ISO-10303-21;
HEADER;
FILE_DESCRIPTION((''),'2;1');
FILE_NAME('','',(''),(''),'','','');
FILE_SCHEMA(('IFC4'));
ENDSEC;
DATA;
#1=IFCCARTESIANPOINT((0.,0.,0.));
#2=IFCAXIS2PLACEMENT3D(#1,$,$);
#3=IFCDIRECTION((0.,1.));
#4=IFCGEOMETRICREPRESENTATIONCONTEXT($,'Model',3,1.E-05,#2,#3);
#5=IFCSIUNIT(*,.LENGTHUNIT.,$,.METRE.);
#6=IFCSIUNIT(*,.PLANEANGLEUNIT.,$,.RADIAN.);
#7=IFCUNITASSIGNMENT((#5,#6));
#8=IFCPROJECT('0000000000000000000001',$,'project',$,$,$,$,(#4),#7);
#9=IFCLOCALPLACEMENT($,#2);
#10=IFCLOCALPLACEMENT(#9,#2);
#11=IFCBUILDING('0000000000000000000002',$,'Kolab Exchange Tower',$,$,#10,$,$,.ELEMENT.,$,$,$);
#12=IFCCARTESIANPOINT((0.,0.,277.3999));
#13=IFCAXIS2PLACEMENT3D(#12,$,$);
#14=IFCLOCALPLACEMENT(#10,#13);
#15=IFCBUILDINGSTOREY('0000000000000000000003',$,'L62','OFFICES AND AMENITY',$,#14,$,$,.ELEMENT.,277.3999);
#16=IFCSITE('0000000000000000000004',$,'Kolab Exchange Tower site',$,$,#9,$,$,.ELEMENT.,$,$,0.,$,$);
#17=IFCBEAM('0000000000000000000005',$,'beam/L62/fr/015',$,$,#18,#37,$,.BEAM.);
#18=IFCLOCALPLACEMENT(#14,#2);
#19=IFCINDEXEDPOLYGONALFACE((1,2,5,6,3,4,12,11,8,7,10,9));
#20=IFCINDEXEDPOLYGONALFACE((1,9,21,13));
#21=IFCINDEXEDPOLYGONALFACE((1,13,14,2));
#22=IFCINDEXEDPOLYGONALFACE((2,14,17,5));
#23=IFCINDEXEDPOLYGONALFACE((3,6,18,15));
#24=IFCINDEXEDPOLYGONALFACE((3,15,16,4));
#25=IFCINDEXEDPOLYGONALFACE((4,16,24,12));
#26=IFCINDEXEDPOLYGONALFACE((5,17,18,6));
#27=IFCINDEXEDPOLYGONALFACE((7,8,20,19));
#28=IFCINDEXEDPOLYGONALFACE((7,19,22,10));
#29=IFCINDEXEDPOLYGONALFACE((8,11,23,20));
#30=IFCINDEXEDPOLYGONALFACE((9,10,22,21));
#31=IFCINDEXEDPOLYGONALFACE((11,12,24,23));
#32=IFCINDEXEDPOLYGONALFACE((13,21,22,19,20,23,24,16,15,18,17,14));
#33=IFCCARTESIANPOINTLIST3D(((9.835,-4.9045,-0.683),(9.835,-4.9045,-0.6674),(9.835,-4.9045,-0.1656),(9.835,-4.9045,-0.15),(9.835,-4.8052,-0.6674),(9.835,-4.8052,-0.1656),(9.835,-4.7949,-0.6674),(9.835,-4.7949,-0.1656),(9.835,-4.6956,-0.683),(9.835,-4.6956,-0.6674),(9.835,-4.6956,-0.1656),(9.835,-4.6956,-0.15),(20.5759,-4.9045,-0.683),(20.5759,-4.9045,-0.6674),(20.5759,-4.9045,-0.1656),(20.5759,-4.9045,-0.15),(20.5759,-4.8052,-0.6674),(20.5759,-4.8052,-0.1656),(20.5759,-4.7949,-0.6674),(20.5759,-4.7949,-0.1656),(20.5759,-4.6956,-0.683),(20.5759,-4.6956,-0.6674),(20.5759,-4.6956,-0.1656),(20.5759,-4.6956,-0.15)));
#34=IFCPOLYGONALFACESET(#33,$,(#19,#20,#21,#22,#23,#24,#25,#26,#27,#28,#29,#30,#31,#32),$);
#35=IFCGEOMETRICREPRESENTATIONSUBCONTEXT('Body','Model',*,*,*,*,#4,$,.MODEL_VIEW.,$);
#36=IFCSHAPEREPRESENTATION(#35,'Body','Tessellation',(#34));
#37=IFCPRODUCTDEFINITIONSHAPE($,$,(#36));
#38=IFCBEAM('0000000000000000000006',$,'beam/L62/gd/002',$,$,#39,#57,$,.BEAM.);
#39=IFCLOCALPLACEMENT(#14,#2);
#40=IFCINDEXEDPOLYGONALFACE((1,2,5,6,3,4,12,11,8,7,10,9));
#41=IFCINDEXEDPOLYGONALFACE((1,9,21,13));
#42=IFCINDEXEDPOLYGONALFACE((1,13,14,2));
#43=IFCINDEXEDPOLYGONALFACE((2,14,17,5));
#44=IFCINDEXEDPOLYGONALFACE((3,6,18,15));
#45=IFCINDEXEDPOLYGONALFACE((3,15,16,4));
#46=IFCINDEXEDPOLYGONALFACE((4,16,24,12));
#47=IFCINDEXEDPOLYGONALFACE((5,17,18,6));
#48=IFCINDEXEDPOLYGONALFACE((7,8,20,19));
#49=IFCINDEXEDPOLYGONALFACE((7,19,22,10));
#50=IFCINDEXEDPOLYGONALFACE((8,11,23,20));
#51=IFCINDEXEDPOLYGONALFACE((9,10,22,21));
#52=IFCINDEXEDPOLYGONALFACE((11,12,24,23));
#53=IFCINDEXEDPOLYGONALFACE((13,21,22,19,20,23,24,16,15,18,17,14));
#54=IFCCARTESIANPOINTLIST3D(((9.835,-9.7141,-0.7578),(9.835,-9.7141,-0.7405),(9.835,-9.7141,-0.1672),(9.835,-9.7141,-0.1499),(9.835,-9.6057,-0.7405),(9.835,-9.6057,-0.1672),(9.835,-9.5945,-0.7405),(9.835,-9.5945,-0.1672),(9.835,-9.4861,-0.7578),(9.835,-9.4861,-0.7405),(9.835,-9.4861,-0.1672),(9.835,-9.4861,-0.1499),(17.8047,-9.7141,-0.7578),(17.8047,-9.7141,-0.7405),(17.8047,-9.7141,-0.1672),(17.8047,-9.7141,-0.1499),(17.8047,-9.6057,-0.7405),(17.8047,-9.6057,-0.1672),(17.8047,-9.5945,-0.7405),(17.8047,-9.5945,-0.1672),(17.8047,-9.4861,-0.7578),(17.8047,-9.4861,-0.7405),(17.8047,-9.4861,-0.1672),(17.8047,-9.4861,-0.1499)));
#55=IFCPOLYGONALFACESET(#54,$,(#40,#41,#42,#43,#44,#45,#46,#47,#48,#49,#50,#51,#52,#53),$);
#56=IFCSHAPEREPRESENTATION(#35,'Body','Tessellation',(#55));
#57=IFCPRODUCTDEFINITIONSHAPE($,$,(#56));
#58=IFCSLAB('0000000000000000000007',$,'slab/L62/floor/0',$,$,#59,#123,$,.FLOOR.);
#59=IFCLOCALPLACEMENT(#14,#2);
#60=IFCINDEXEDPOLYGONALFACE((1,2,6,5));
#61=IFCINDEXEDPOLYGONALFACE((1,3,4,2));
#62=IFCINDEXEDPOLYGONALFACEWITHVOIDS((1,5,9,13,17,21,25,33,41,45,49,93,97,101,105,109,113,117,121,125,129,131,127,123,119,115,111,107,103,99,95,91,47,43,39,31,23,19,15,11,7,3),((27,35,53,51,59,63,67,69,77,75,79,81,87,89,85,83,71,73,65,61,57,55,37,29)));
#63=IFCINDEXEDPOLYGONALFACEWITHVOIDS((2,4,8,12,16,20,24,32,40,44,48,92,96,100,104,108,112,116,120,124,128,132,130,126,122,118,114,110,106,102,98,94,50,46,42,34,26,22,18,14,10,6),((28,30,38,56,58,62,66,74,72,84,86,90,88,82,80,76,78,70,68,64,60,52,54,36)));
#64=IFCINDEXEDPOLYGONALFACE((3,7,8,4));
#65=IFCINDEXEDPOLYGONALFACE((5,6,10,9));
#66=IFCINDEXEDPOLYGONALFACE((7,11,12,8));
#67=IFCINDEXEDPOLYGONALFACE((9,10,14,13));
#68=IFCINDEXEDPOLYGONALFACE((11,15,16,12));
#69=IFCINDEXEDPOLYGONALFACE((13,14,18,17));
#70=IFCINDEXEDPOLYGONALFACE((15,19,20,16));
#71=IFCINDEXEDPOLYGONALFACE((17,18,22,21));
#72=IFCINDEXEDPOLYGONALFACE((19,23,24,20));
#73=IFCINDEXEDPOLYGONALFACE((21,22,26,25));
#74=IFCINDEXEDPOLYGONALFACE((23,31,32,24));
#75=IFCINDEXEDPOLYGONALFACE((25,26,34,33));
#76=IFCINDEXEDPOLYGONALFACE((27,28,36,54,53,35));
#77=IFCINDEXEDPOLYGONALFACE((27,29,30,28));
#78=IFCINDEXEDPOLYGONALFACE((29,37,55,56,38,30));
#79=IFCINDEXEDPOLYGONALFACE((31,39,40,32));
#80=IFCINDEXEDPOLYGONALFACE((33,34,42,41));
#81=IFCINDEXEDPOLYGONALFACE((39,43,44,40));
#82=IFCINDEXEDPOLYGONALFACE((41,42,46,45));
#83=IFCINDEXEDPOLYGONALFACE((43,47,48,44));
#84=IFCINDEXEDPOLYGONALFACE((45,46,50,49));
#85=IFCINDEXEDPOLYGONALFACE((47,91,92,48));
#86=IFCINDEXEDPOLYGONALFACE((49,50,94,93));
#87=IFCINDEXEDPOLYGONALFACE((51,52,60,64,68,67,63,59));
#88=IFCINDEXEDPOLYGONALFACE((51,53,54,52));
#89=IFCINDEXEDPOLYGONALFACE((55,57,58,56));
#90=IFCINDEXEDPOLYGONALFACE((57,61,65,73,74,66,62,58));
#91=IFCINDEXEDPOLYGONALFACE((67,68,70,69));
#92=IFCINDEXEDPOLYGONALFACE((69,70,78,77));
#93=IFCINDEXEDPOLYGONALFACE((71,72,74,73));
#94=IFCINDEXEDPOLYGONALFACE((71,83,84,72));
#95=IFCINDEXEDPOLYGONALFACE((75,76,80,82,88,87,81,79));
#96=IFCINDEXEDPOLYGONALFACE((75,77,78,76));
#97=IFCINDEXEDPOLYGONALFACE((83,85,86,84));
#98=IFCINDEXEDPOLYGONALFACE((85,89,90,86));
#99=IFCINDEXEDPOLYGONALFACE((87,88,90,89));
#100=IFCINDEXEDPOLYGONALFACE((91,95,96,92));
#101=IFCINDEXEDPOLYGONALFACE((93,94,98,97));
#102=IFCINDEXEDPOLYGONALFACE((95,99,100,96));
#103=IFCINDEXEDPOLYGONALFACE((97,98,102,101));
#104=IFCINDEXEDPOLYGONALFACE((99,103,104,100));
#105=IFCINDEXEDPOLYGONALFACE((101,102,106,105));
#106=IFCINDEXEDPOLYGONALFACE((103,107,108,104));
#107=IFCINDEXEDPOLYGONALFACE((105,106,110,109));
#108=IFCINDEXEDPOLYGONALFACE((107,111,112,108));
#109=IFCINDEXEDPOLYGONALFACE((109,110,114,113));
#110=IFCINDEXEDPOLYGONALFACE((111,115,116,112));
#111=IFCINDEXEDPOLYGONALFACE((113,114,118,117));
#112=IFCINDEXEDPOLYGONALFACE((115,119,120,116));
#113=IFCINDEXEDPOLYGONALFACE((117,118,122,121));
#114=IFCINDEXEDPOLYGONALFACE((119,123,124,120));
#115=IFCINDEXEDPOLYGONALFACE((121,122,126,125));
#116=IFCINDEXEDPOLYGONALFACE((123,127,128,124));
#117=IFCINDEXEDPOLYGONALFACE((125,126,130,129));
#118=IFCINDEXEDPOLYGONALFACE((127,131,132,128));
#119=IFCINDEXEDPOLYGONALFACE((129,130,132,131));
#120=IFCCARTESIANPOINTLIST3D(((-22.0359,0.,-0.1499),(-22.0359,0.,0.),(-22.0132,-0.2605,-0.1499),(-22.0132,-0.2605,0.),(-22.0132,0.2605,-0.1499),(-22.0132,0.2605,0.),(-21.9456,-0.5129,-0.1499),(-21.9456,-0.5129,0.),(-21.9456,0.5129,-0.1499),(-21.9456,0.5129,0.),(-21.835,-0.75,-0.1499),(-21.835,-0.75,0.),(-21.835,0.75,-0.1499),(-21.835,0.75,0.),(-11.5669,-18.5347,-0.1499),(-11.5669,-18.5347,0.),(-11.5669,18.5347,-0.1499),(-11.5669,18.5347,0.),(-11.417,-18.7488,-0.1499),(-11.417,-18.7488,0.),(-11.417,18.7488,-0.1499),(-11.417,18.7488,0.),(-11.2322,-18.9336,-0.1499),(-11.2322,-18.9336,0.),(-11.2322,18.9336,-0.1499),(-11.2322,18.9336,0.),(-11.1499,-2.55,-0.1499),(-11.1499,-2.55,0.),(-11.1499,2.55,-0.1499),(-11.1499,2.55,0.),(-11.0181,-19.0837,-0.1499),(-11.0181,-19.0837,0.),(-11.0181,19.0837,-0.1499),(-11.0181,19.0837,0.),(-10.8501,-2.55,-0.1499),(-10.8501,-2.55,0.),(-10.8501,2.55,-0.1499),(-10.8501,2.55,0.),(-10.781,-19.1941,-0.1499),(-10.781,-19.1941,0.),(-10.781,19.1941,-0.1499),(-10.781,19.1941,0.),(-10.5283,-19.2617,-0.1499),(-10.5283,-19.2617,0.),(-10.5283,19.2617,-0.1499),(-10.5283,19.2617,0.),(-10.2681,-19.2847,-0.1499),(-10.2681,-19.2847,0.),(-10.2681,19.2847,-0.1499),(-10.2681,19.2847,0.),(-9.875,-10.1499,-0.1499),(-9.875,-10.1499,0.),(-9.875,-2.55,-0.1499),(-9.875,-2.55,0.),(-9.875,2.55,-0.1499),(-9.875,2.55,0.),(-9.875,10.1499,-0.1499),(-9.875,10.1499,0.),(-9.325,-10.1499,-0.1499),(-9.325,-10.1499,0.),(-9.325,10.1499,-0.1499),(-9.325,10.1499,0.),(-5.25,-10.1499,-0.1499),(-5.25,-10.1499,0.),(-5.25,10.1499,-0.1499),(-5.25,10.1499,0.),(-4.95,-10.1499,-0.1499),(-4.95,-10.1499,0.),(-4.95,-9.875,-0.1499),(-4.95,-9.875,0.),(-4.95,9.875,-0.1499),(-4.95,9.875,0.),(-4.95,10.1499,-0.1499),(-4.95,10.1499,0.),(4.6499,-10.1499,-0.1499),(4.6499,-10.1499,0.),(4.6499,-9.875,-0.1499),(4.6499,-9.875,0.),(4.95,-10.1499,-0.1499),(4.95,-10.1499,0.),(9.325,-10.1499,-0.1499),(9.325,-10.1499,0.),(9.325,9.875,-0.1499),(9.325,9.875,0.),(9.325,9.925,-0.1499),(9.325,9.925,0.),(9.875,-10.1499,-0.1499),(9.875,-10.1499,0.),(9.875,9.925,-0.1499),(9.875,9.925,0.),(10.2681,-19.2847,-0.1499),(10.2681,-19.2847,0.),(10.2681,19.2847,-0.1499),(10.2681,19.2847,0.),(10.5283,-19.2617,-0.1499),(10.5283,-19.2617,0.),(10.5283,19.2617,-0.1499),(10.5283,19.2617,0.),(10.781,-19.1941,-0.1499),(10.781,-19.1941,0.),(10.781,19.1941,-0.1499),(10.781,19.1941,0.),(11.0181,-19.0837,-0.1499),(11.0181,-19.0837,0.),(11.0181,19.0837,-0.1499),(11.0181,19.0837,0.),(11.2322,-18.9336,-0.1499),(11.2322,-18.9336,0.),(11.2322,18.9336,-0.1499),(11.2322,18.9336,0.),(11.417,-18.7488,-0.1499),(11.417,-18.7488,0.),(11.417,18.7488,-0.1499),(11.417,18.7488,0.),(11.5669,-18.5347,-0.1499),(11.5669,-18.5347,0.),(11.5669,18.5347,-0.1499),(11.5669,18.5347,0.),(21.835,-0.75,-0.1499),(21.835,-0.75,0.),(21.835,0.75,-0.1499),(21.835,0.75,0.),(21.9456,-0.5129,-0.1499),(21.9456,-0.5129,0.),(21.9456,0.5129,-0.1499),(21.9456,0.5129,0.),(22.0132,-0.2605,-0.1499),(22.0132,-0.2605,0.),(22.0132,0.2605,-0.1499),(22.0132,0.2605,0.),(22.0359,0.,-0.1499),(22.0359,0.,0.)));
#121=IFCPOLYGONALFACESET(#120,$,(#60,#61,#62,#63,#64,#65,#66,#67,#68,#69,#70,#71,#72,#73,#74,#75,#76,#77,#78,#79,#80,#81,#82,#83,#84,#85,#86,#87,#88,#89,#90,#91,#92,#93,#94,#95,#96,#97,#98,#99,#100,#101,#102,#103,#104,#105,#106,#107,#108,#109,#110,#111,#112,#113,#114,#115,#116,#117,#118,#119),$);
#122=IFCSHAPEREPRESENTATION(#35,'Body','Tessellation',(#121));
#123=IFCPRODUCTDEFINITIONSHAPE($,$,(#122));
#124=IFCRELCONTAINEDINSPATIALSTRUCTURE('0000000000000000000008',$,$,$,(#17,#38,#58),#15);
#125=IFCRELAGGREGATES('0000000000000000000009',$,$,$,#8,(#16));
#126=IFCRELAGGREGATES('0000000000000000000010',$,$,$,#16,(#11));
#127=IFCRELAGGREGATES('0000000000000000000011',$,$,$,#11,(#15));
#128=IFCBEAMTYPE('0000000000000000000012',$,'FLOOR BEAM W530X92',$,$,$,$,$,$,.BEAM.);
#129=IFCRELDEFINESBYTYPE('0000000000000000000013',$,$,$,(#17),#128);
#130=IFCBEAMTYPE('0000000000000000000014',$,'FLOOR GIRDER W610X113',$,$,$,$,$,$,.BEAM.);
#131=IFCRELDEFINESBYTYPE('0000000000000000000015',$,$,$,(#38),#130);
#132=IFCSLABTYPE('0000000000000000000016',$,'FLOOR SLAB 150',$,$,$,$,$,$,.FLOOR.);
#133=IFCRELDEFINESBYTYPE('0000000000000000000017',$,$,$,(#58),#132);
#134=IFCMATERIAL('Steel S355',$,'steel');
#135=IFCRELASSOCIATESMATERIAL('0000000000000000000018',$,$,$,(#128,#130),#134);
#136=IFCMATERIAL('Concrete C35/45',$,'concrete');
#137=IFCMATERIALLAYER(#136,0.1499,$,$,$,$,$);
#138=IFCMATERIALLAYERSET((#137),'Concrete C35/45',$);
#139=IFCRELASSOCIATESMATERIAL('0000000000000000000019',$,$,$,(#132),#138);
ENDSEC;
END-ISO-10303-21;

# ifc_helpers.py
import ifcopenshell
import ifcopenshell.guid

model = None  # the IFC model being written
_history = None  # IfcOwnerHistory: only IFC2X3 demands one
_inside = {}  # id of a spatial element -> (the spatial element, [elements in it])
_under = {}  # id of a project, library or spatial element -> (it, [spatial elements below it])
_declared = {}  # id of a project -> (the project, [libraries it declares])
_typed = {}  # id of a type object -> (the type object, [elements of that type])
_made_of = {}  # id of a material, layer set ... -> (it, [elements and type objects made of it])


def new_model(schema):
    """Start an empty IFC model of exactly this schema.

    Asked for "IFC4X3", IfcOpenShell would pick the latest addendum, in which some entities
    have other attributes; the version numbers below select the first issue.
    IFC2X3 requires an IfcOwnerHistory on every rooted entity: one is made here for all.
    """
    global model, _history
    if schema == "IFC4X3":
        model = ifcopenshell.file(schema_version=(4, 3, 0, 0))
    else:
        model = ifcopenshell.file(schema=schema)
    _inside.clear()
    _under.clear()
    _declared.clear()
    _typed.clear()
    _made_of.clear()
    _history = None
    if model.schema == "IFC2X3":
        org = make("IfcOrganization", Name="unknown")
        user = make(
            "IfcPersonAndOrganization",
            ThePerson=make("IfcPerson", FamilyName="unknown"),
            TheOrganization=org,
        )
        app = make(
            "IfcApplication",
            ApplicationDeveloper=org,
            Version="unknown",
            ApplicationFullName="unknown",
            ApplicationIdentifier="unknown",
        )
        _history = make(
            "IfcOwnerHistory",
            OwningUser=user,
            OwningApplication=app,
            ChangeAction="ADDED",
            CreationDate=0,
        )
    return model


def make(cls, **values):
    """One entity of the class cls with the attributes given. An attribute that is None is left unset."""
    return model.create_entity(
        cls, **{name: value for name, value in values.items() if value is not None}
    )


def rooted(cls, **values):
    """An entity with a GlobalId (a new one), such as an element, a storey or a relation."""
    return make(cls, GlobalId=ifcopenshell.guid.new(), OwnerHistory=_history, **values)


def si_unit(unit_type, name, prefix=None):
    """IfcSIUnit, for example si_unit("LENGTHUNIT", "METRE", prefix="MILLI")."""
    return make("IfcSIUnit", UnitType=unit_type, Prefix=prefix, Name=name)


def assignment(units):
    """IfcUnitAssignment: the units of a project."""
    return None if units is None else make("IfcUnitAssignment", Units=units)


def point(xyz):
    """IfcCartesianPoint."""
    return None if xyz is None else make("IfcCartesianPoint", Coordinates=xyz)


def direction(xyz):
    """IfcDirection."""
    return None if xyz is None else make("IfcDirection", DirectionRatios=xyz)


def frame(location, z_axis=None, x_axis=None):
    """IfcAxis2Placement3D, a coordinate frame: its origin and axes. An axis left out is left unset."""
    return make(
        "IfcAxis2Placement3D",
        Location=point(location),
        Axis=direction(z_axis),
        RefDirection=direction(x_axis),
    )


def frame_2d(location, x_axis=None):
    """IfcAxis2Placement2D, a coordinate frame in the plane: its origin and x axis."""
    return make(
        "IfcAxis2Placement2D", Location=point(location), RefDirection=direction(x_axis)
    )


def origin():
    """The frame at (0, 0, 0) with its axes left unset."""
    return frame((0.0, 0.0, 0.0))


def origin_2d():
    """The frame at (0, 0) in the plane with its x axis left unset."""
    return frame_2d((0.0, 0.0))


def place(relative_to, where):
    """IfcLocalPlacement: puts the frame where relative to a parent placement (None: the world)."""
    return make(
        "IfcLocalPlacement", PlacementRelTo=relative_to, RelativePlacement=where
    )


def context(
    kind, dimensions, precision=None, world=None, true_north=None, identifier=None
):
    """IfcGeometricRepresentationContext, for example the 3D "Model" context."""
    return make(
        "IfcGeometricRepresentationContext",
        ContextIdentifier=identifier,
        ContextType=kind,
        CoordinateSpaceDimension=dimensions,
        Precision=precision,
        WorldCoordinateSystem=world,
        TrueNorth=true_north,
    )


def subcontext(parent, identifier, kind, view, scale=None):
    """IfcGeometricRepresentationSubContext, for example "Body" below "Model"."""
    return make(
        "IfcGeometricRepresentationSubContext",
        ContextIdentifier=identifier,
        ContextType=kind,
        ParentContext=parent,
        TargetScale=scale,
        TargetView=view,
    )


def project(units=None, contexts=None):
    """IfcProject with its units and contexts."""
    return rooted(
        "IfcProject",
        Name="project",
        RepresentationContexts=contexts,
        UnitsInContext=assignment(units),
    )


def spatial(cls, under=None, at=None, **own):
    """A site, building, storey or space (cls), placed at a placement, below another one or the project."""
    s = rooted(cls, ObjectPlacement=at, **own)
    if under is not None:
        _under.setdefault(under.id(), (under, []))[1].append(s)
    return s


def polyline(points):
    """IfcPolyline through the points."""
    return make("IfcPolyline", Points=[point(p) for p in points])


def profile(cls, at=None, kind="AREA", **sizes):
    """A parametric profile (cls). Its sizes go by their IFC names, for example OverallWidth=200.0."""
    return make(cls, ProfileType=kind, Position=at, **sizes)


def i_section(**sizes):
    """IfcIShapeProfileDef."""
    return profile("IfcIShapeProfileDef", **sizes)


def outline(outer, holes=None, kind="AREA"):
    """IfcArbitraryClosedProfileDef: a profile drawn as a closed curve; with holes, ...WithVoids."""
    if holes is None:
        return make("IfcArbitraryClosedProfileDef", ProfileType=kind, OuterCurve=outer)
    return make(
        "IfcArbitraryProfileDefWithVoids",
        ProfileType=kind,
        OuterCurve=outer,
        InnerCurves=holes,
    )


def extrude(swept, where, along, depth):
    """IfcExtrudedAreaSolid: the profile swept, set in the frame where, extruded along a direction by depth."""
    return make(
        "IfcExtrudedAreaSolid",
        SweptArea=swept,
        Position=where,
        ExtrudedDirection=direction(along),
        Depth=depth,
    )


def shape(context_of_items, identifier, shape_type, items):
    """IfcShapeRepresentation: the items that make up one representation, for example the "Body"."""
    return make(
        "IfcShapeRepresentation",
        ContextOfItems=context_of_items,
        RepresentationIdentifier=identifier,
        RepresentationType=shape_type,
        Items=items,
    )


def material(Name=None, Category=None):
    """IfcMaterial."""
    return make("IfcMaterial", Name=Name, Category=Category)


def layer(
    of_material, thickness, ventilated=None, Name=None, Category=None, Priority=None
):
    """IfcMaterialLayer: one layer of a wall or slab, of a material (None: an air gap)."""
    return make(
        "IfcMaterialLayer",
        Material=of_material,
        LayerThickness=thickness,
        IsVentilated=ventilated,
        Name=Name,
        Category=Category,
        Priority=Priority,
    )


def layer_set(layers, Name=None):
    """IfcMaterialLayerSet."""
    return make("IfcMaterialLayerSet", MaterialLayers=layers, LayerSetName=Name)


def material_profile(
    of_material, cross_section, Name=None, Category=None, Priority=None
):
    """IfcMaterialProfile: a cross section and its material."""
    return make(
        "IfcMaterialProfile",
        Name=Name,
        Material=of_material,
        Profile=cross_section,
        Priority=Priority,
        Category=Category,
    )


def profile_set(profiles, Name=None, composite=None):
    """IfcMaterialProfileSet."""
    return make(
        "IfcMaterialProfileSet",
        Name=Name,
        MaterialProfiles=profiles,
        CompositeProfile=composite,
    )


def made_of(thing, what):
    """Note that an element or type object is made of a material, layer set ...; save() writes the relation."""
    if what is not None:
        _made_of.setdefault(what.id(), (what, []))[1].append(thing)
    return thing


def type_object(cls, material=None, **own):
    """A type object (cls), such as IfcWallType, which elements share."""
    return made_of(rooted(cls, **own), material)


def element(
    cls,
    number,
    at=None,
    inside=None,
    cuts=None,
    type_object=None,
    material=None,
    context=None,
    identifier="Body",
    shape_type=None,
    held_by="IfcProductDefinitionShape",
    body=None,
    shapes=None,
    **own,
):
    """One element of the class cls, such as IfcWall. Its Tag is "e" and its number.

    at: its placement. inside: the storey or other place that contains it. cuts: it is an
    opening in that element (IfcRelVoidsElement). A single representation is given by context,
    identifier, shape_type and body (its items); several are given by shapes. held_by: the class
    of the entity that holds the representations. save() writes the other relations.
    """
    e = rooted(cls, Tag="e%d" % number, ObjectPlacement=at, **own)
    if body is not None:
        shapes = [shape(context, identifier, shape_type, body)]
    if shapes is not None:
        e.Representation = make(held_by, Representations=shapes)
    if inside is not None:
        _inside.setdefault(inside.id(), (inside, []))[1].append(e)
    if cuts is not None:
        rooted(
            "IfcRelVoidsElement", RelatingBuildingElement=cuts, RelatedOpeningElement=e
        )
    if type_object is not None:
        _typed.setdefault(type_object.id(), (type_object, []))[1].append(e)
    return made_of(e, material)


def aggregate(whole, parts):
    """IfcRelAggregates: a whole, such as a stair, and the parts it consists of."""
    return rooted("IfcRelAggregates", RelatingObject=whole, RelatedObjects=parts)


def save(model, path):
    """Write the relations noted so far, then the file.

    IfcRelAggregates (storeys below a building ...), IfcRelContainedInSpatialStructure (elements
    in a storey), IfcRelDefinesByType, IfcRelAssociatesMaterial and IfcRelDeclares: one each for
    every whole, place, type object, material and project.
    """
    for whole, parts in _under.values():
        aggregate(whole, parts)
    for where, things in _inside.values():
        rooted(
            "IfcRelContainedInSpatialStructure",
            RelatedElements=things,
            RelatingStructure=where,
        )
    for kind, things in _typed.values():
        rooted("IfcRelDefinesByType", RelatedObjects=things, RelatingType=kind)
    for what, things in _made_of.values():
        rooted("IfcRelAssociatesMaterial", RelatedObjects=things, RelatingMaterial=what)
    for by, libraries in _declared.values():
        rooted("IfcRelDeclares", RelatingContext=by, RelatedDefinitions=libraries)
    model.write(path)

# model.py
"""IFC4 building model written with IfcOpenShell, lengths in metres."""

from ifc_helpers import new_model, si_unit, direction, frame, origin, origin_2d, place, context, subcontext, project, spatial, polyline, i_section, outline, extrude, material, layer, layer_set, material_profile, profile_set, type_object, element, save


model = new_model("IFC4")

# Units and contexts
model_context = context("Model", 3, precision=1e-05, world=origin(), true_north=direction((0.0, 1.0)))
body_context = subcontext(model_context, "Body", "Model", "MODEL_VIEW")
ifc_project = project(units=[si_unit("LENGTHUNIT", "METRE"), si_unit("PLANEANGLEUNIT", "RADIAN")], contexts=[model_context])

# Site, building, storey
site_placement = place(None, origin())
site = spatial("IfcSite", under=ifc_project, at=site_placement, Name="Kolab Exchange Tower site", CompositionType="ELEMENT", RefElevation=0.0)
building_placement = place(site_placement, origin())
building = spatial("IfcBuilding", under=site, at=building_placement, Name="Kolab Exchange Tower", CompositionType="ELEMENT")
storey_placement = place(building_placement, frame((0.0, 0.0, 277.3999)))
storey = spatial("IfcBuildingStorey", under=building, at=storey_placement, Name="L62", Description="OFFICES AND AMENITY", CompositionType="ELEMENT", Elevation=277.3999)

# Beams
ifc_material_1 = material(Name="Steel S355", Category="steel")
ifc_material_profile_1 = material_profile(ifc_material_1, i_section(OverallWidth=0.209, OverallDepth=0.533, WebThickness=0.0103, FlangeThickness=0.0156, at=origin_2d()), Name="W530X92")
ifc_profile_set_1 = profile_set([ifc_material_profile_1], Name="Steel S355")
beam_type_1 = type_object("IfcBeamType", Name="FLOOR BEAM W530X92", PredefinedType="BEAM", material=ifc_profile_set_1)
beam_1_placement = place(storey_placement, frame((9.835, -4.8, -0.4165), z_axis=(1.0, 0.0, 0.0), x_axis=(0.0, 1.0, 0.0)))
element("IfcBeam", 1, at=beam_1_placement, inside=storey, type_object=beam_type_1, Name="beam/L62/fr/015", PredefinedType="BEAM", context=body_context, shape_type="SweptSolid", body=[
    extrude(i_section(OverallWidth=0.209, OverallDepth=0.533, WebThickness=0.0103, FlangeThickness=0.0156, at=origin_2d()), origin(), (0.0, 0.0, 1.0), 10.741),
])
ifc_material_profile_2 = material_profile(ifc_material_1, i_section(OverallWidth=0.228, OverallDepth=0.6079, WebThickness=0.0112, FlangeThickness=0.0173, at=origin_2d()), Name="W610X113")
ifc_profile_set_2 = profile_set([ifc_material_profile_2], Name="Steel S355")
beam_type_2 = type_object("IfcBeamType", Name="FLOOR GIRDER W610X113", PredefinedType="BEAM", material=ifc_profile_set_2)
beam_2_placement = place(storey_placement, frame((9.835, -9.6001, -0.4539), z_axis=(1.0, 0.0, 0.0), x_axis=(0.0, 1.0, 0.0)))
element("IfcBeam", 2, at=beam_2_placement, inside=storey, type_object=beam_type_2, Name="beam/L62/gd/002", PredefinedType="BEAM", context=body_context, shape_type="SweptSolid", body=[
    extrude(i_section(OverallWidth=0.228, OverallDepth=0.6079, WebThickness=0.0112, FlangeThickness=0.0173, at=origin_2d()), origin(), (0.0, 0.0, 1.0), 7.9697),
])

# Slab
ifc_material_2 = material(Name="Concrete C35/45", Category="concrete")
ifc_layer_1 = layer(ifc_material_2, 0.1499)
ifc_layer_set_1 = layer_set([ifc_layer_1], Name="Concrete C35/45")
slab_type_1 = type_object("IfcSlabType", Name="FLOOR SLAB 150", PredefinedType="FLOOR", material=ifc_layer_set_1)
slab_1_placement = place(storey_placement, frame((0.0, 0.0, -0.1499)))
element("IfcSlab", 3, at=slab_1_placement, inside=storey, type_object=slab_type_1, Name="slab/L62/floor/0", PredefinedType="FLOOR", context=body_context, shape_type="SweptSolid", body=[
    extrude(outline(polyline([(11.5669, -18.5347), (21.835, -0.75), (21.9456, -0.5129), (22.0132, -0.2605), (22.0359, 0.0), (22.0132, 0.2605), (21.9456, 0.5129), (21.835, 0.75), (11.5669, 18.5347), (11.417, 18.7488), (11.2322, 18.9336), (11.0181, 19.0837), (10.781, 19.1941), (10.5283, 19.2617), (10.2681, 19.2847), (-10.2681, 19.2847), (-10.5283, 19.2617), (-10.781, 19.1941), (-11.0181, 19.0837), (-11.2322, 18.9336), (-11.417, 18.7488), (-11.5669, 18.5347), (-21.835, 0.75), (-21.9456, 0.5129), (-22.0132, 0.2605), (-22.0359, 0.0), (-22.0132, -0.2605), (-21.9456, -0.5129), (-21.835, -0.75), (-11.5669, -18.5347), (-11.417, -18.7488), (-11.2322, -18.9336), (-11.0181, -19.0837), (-10.781, -19.1941), (-10.5283, -19.2617), (-10.2681, -19.2847), (10.2681, -19.2847), (10.5283, -19.2617), (10.781, -19.1941), (11.0181, -19.0837), (11.2322, -18.9336), (11.417, -18.7488), (11.5669, -18.5347)]), holes=[polyline([(-9.325, -10.1499), (-9.875, -10.1499), (-9.875, -2.55), (-10.8501, -2.55), (-11.1499, -2.55), (-11.1499, 2.55), (-10.8501, 2.55), (-9.875, 2.55), (-9.875, 10.1499), (-9.325, 10.1499), (-5.25, 10.1499), (-4.95, 10.1499), (-4.95, 9.875), (9.325, 9.875), (9.325, 9.925), (9.875, 9.925), (9.875, -10.1499), (9.325, -10.1499), (4.95, -10.1499), (4.6499, -10.1499), (4.6499, -9.875), (-4.95, -9.875), (-4.95, -10.1499), (-5.25, -10.1499), (-9.325, -10.1499)])]), origin(), (0.0, 0.0, 1.0), 0.1499),
])

save(model, "model.ifc")
